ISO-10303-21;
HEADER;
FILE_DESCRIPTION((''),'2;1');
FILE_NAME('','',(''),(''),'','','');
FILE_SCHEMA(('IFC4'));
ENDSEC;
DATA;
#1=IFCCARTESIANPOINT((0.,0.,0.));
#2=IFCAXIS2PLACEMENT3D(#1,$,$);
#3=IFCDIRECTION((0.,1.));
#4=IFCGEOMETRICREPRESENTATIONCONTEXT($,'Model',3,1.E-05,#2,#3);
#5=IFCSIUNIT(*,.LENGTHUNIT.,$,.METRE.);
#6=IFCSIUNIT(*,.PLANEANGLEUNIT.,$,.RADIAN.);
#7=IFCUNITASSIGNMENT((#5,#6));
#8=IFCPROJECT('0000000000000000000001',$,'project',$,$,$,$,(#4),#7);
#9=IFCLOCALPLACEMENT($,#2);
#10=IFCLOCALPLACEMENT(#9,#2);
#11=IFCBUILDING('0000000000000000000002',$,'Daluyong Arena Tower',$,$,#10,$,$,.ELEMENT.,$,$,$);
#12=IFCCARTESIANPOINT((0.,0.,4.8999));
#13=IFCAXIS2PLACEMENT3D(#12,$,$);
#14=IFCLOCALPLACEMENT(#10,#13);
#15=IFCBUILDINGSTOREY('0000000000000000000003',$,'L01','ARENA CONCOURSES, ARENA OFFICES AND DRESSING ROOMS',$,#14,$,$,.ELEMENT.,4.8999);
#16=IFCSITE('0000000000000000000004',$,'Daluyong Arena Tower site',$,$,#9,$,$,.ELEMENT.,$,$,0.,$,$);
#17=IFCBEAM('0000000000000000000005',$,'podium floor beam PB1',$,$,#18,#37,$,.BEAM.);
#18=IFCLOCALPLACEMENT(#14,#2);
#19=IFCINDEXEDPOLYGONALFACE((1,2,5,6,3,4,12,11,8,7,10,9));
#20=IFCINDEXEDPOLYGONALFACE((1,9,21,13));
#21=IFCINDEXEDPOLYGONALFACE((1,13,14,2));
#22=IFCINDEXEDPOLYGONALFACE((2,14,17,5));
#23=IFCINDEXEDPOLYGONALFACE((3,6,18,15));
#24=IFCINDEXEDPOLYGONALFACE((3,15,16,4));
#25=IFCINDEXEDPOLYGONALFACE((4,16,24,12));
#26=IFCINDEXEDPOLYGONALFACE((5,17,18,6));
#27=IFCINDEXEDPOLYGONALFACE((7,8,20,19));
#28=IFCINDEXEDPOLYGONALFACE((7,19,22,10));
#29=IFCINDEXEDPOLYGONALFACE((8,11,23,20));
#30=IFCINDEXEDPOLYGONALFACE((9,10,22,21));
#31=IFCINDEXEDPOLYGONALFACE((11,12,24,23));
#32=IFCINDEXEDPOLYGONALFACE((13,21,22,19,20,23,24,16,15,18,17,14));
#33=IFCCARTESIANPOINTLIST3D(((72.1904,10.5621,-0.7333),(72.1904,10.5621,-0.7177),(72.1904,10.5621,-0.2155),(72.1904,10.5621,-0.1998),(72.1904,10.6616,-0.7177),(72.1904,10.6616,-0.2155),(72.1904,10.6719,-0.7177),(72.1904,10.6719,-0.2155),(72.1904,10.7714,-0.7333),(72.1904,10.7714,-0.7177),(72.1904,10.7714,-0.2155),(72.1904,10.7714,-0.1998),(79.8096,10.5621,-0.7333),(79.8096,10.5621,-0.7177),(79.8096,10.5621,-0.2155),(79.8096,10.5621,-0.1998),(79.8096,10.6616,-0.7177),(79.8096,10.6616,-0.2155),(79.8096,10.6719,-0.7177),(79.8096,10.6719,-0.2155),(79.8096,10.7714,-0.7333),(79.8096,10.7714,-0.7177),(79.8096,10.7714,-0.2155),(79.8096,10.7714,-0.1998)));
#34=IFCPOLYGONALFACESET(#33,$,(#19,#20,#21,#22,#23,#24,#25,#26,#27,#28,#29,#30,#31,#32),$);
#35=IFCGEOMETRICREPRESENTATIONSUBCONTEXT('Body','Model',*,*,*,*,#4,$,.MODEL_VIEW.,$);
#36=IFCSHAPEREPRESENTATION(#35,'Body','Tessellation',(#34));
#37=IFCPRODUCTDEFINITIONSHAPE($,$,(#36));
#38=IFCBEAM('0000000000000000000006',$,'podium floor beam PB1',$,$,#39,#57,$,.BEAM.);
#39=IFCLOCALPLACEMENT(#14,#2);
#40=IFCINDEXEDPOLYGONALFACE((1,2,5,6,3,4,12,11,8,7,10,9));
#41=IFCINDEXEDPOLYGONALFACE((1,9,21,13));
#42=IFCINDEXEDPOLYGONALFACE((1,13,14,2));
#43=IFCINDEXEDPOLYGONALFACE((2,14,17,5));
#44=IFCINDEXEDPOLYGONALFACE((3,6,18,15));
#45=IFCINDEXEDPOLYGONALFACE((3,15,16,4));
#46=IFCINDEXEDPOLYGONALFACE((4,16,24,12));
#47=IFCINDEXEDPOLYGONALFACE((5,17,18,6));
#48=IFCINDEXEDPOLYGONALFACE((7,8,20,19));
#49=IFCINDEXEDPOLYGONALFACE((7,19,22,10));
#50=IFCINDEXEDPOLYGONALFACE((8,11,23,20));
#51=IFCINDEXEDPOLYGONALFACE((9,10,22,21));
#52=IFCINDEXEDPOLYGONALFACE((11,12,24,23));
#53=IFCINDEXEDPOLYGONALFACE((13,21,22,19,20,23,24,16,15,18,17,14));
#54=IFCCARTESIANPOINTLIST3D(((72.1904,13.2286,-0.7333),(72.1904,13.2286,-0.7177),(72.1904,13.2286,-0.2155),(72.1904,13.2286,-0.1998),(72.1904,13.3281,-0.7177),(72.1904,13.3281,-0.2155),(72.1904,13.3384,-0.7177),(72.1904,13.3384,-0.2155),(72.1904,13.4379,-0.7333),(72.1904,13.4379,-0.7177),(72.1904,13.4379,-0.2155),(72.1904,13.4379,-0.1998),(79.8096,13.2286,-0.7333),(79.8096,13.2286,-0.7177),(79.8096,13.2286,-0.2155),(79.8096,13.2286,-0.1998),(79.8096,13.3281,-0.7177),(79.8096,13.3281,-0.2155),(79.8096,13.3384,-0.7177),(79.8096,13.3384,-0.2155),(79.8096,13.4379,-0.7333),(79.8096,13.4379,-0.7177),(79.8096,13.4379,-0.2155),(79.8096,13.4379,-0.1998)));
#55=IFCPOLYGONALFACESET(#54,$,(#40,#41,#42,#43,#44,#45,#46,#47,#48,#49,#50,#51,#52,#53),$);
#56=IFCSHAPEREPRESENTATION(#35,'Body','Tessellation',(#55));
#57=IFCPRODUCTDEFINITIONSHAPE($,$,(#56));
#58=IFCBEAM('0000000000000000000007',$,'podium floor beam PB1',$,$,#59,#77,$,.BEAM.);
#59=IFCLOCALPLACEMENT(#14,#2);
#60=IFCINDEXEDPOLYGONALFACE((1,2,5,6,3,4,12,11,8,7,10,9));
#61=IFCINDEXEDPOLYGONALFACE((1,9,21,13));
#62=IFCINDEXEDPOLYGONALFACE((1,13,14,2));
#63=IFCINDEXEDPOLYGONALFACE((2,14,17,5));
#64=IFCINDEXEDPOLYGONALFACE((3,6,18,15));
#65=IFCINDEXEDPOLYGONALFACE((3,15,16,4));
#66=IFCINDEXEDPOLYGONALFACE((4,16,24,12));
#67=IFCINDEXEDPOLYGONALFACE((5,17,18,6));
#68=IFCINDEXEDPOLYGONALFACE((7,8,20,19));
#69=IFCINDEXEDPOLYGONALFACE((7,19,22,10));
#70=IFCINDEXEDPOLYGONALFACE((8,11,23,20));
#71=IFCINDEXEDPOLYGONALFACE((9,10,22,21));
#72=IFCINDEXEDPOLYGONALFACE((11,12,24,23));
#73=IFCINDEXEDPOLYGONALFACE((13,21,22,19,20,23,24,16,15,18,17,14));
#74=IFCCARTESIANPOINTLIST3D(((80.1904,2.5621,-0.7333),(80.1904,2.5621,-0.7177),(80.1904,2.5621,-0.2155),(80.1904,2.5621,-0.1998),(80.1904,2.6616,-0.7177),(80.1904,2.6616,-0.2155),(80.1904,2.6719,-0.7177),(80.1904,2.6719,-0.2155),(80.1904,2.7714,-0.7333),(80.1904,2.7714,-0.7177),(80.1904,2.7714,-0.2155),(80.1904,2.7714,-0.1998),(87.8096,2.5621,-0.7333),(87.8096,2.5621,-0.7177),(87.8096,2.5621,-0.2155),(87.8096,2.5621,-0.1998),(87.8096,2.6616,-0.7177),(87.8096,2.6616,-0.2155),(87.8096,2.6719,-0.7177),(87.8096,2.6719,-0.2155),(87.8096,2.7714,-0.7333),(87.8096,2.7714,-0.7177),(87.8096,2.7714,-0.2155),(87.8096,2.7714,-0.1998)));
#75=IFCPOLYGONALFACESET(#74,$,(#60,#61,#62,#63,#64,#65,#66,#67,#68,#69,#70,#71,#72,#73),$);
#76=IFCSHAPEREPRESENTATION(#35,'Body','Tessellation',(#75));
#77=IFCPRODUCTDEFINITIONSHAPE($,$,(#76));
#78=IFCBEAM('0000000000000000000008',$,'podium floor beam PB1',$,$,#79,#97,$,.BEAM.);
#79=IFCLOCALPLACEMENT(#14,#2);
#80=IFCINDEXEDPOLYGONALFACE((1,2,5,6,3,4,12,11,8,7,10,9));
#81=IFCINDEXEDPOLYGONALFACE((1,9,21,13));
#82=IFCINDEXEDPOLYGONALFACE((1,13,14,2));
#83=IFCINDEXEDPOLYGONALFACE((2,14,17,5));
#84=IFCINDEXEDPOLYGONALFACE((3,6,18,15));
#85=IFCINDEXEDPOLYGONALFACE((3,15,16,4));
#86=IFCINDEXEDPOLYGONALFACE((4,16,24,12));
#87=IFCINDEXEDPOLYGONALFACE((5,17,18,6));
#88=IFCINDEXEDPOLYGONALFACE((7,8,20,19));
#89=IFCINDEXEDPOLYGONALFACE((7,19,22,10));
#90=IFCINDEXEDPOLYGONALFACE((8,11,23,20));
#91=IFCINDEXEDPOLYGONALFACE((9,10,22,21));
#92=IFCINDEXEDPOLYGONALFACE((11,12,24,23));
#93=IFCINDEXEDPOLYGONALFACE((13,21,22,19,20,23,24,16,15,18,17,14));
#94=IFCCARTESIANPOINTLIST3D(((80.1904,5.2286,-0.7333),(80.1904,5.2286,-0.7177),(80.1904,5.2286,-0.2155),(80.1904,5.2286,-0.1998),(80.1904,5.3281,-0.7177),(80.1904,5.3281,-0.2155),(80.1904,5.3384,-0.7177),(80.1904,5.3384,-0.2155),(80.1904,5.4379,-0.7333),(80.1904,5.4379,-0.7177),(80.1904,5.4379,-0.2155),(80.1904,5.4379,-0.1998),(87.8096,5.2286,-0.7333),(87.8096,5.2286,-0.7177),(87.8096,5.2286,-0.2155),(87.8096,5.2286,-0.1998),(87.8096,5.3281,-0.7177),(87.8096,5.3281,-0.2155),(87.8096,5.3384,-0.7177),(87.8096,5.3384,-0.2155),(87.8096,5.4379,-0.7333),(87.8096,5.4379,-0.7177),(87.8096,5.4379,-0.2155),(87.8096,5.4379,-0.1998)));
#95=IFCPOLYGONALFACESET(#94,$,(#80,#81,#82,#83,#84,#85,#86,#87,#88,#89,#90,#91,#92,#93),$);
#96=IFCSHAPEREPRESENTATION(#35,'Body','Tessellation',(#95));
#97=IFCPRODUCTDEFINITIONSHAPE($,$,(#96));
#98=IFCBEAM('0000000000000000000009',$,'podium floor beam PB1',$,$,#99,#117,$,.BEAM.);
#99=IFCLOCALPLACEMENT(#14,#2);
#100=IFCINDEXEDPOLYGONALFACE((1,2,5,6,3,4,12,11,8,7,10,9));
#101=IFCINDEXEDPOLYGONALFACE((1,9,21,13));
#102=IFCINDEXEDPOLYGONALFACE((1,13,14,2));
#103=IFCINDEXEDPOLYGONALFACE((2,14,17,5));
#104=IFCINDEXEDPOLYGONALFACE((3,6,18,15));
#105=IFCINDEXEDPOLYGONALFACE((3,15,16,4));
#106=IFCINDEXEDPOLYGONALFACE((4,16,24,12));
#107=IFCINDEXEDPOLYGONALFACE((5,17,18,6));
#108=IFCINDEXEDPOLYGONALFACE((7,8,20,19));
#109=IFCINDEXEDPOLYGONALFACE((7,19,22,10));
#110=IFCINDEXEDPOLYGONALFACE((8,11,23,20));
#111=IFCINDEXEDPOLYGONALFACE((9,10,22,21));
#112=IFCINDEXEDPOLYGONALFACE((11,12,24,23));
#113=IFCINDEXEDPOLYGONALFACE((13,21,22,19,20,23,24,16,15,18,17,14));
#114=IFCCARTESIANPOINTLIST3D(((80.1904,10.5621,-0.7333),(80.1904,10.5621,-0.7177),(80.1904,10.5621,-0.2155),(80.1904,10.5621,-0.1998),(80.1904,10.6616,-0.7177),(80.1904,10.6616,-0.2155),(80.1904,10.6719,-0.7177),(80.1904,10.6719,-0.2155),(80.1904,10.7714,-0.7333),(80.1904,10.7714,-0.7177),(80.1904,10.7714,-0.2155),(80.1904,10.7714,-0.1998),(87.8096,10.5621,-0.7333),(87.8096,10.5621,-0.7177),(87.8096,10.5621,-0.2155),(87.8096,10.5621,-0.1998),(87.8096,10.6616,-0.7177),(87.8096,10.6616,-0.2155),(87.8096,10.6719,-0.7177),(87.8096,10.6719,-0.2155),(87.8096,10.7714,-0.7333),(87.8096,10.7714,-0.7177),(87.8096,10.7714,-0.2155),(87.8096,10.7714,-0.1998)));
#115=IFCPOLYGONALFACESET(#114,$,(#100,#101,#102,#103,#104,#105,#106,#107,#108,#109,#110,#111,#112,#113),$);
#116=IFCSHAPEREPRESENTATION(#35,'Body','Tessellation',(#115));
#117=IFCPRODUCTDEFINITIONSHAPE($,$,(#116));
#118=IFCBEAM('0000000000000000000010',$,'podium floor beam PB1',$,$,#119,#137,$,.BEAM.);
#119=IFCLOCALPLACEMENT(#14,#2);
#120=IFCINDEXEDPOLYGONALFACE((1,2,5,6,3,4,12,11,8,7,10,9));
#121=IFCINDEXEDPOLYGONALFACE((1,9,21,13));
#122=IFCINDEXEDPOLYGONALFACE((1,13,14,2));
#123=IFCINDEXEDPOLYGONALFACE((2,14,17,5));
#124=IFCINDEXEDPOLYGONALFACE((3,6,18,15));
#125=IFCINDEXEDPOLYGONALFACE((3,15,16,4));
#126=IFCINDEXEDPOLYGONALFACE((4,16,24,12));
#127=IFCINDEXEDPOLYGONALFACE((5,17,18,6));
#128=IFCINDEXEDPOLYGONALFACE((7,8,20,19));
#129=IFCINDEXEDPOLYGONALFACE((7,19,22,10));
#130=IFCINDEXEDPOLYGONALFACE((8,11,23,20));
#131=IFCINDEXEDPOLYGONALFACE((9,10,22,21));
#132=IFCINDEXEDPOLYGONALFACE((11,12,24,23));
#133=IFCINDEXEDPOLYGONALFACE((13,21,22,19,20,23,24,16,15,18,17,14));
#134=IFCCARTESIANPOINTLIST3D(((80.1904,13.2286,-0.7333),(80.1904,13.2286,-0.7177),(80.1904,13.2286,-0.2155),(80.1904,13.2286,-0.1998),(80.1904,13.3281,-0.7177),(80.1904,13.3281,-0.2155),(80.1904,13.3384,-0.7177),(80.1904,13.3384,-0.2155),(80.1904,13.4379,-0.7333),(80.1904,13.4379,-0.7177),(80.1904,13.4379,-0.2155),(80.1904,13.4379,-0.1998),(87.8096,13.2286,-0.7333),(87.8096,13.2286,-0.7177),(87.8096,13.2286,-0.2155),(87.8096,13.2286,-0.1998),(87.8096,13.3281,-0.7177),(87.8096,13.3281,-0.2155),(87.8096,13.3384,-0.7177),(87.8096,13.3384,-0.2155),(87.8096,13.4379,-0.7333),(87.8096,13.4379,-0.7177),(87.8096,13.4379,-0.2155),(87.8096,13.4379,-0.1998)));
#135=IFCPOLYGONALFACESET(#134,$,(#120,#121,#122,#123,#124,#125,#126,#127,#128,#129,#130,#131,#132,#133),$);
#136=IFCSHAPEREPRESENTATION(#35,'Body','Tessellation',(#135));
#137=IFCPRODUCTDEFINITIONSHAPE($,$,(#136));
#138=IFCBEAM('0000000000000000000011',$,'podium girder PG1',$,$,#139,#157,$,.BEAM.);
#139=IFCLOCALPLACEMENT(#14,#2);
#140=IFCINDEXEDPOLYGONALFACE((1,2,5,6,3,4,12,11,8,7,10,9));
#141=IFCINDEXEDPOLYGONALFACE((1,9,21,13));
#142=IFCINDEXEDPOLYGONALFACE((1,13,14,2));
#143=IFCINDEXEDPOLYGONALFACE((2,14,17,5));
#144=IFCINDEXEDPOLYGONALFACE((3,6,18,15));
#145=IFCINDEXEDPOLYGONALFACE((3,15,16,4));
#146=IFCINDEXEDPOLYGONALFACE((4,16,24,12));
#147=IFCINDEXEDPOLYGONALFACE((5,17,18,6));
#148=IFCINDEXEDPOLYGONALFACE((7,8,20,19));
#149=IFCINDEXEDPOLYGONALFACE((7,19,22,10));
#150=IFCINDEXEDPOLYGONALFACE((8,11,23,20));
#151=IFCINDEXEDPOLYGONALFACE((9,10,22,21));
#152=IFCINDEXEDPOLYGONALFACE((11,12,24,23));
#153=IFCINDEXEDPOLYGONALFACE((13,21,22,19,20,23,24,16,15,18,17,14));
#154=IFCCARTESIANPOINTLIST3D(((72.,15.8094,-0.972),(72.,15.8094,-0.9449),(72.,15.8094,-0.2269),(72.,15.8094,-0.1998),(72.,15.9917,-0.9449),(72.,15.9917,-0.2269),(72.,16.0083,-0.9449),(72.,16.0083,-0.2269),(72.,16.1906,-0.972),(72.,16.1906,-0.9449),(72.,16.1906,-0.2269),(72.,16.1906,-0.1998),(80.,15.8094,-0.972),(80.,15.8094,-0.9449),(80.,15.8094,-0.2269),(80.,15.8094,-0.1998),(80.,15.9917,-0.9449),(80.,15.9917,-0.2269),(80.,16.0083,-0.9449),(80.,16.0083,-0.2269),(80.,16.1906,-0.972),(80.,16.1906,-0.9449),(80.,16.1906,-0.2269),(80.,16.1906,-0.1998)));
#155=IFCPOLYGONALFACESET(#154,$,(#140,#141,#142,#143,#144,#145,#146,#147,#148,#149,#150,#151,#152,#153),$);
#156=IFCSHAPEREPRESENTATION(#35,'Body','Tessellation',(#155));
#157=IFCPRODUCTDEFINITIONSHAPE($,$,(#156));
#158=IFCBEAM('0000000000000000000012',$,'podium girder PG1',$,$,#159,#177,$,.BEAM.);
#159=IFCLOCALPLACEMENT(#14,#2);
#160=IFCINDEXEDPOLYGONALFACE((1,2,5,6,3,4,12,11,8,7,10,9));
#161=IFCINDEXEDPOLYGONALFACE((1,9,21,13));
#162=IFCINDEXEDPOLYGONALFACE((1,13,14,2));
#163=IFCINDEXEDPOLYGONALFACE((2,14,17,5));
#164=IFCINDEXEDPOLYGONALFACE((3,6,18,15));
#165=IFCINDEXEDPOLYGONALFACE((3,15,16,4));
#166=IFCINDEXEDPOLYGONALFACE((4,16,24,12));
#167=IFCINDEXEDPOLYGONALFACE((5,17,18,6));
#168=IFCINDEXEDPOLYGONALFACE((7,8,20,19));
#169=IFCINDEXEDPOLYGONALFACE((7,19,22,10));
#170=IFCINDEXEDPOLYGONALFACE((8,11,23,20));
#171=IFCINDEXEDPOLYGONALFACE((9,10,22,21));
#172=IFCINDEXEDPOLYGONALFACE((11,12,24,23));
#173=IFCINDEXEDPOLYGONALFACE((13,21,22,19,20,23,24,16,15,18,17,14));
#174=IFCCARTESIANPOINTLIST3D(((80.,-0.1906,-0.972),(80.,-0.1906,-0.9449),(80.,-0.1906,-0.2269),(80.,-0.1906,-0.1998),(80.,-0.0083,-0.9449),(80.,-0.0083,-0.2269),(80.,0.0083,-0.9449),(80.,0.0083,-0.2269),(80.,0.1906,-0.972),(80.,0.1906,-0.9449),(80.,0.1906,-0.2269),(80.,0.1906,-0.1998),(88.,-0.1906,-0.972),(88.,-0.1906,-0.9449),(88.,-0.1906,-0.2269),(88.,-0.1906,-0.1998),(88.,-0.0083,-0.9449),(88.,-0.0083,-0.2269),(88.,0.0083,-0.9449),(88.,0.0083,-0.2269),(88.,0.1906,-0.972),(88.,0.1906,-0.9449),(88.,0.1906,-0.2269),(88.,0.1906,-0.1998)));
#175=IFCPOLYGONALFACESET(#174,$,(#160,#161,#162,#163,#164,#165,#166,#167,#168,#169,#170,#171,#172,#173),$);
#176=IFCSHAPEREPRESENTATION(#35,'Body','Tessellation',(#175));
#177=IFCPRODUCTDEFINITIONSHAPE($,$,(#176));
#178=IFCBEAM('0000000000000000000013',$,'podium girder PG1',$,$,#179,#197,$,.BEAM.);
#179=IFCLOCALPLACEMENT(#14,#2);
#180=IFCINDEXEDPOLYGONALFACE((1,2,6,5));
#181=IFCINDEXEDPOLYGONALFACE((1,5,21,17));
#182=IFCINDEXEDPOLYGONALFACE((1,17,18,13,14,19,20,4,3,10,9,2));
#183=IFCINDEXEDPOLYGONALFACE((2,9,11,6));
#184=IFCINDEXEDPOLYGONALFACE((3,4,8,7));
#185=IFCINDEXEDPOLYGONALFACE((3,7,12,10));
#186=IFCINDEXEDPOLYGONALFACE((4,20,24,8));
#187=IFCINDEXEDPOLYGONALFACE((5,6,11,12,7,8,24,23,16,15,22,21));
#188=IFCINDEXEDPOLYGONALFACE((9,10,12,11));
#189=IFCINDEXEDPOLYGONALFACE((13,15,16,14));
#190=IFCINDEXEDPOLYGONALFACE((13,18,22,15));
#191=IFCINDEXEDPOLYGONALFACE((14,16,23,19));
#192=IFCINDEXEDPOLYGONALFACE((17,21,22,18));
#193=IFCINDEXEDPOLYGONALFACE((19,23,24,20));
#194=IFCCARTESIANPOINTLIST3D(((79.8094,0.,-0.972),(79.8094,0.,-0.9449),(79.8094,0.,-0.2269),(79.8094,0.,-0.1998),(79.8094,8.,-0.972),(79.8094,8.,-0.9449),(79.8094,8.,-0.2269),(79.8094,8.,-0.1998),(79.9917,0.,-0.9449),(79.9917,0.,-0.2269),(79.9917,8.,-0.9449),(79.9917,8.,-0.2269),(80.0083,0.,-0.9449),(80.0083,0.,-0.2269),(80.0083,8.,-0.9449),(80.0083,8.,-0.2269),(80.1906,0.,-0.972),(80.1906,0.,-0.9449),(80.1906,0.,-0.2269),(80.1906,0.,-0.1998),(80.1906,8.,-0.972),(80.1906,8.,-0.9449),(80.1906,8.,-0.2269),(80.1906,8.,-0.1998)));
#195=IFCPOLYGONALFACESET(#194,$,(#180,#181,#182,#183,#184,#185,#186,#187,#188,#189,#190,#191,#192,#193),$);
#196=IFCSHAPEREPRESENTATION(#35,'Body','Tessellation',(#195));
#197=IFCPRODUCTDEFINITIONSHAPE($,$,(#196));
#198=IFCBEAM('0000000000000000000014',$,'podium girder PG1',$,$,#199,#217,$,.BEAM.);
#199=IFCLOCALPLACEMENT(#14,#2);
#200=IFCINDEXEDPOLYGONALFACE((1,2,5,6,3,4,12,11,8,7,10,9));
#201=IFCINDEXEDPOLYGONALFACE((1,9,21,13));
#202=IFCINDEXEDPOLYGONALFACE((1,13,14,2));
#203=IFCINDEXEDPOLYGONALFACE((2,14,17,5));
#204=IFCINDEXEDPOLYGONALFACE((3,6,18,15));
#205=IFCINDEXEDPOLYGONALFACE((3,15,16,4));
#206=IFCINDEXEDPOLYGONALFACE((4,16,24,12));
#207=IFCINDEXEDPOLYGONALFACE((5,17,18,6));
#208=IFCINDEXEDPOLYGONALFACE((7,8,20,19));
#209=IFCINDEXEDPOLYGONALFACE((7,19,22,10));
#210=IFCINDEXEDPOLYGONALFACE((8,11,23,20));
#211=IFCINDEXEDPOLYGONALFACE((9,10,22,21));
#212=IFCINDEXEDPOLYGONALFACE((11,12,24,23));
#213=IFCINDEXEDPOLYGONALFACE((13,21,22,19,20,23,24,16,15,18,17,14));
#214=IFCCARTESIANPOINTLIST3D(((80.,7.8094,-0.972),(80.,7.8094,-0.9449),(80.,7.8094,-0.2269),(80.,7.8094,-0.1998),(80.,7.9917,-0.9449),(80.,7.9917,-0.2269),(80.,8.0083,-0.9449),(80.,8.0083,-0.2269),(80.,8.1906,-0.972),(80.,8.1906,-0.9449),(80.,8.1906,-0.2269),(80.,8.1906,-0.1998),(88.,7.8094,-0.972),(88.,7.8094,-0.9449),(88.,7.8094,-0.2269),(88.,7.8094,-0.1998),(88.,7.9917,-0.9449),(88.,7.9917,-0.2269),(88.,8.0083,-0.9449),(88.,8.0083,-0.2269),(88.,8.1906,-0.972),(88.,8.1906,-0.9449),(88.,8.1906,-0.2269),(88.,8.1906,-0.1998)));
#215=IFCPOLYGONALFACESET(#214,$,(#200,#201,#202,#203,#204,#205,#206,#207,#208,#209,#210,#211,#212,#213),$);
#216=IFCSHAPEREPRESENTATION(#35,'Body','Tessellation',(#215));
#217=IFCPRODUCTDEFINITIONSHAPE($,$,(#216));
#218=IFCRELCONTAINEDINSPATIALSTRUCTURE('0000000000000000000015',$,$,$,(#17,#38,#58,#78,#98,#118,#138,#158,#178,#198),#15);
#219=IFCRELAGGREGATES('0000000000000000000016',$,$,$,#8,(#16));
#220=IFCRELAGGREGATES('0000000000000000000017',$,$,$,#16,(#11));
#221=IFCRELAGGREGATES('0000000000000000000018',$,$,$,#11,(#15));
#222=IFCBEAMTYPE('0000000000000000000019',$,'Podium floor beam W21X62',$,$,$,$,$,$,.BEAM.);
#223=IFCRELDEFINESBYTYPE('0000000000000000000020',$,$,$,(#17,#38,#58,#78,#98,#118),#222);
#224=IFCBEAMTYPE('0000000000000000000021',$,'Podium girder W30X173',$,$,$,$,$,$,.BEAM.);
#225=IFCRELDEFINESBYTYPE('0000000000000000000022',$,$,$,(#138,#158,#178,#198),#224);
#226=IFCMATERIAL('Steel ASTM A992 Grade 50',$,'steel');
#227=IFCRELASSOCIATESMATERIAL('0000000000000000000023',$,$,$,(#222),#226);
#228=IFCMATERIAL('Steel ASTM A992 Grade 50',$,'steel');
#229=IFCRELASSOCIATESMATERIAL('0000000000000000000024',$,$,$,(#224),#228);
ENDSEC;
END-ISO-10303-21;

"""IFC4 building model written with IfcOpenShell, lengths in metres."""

from ifc_helpers import new_model, si_unit, direction, frame, origin, origin_2d, place, context, subcontext, project, spatial, i_section, extrude, material, material_profile, profile_set, type_object, element, save


model = new_model("IFC4")

# Units and contexts
model_context = context("Model", 3, precision=1e-05, world=origin(), true_north=direction((0.0, 1.0)))
body_context = subcontext(model_context, "Body", "Model", "MODEL_VIEW")
ifc_project = project(units=[si_unit("LENGTHUNIT", "METRE"), si_unit("PLANEANGLEUNIT", "RADIAN")], contexts=[model_context])

# Site, building, storey
site_placement = place(None, origin())
site = spatial("IfcSite", under=ifc_project, at=site_placement, Name="Daluyong Arena Tower site", CompositionType="ELEMENT", RefElevation=0.0)
building_placement = place(site_placement, origin())
building = spatial("IfcBuilding", under=site, at=building_placement, Name="Daluyong Arena Tower", CompositionType="ELEMENT")
storey_placement = place(building_placement, frame((0.0, 0.0, 4.8999)))
storey = spatial("IfcBuildingStorey", under=building, at=storey_placement, Name="L01", Description="ARENA CONCOURSES, ARENA OFFICES AND DRESSING ROOMS", CompositionType="ELEMENT", Elevation=4.8999)

# Beams
ifc_material_1 = material(Name="Steel ASTM A992 Grade 50", Category="steel")
ifc_material_profile_1 = material_profile(ifc_material_1, i_section(OverallWidth=0.2092, OverallDepth=0.5334, WebThickness=0.0103, FlangeThickness=0.0156, at=origin_2d()))
ifc_profile_set_1 = profile_set([ifc_material_profile_1], Name="Steel ASTM A992 Grade 50")
beam_type_1 = type_object("IfcBeamType", Name="Podium floor beam W21X62", PredefinedType="BEAM", material=ifc_profile_set_1)
for number, where, z_axis, x_axis, name in (
    (1, (72.1904, 10.6667, -0.4666), (1.0, 0.0, 0.0), (0.0, 1.0, 0.0), "podium floor beam PB1"),
    (2, (72.1904, 13.3333, -0.4666), (1.0, 0.0, 0.0), (0.0, 1.0, 0.0), "podium floor beam PB1"),
    (3, (80.1904, 2.6667, -0.4666), (1.0, 0.0, 0.0), (0.0, 1.0, 0.0), "podium floor beam PB1"),
    (4, (80.1904, 5.3333, -0.4666), (1.0, 0.0, 0.0), (0.0, 1.0, 0.0), "podium floor beam PB1"),
    (5, (80.1904, 10.6667, -0.4666), (1.0, 0.0, 0.0), (0.0, 1.0, 0.0), "podium floor beam PB1"),
    (6, (80.1904, 13.3333, -0.4666), (1.0, 0.0, 0.0), (0.0, 1.0, 0.0), "podium floor beam PB1"),
):
    element("IfcBeam", number, at=place(storey_placement, frame(where, z_axis=z_axis, x_axis=x_axis)), inside=storey, type_object=beam_type_1, Name=name, PredefinedType="BEAM", context=body_context, shape_type="SweptSolid", body=[
        extrude(i_section(OverallWidth=0.2092, OverallDepth=0.5334, WebThickness=0.0103, FlangeThickness=0.0156, at=origin_2d()), origin(), (0.0, 0.0, 1.0), 7.6191),
    ])
ifc_material_2 = material(Name="Steel ASTM A992 Grade 50", Category="steel")
ifc_material_profile_2 = material_profile(ifc_material_2, i_section(OverallWidth=0.3811, OverallDepth=0.7722, WebThickness=0.0166, FlangeThickness=0.0271, at=origin_2d()))
ifc_profile_set_2 = profile_set([ifc_material_profile_2], Name="Steel ASTM A992 Grade 50")
beam_type_2 = type_object("IfcBeamType", Name="Podium girder W30X173", PredefinedType="BEAM", material=ifc_profile_set_2)
for number, where, z_axis, x_axis, name in (
    (7, (72.0, 16.0, -0.5859), (1.0, 0.0, 0.0), (0.0, 1.0, 0.0), "podium girder PG1"),
    (8, (80.0, 0.0, -0.5859), (1.0, 0.0, 0.0), (0.0, 1.0, 0.0), "podium girder PG1"),
    (9, (80.0, 0.0, -0.5859), (0.0, 1.0, 0.0), (-1.0, 0.0, 0.0), "podium girder PG1"),
    (10, (80.0, 8.0, -0.5859), (1.0, 0.0, 0.0), (0.0, 1.0, 0.0), "podium girder PG1"),
):
    element("IfcBeam", number, at=place(storey_placement, frame(where, z_axis=z_axis, x_axis=x_axis)), inside=storey, type_object=beam_type_2, Name=name, PredefinedType="BEAM", context=body_context, shape_type="SweptSolid", body=[
        extrude(i_section(OverallWidth=0.3811, OverallDepth=0.7722, WebThickness=0.0166, FlangeThickness=0.0271, at=origin_2d()), origin(), (0.0, 0.0, 1.0), 8.0),
    ])

save(model, "model.ifc")
